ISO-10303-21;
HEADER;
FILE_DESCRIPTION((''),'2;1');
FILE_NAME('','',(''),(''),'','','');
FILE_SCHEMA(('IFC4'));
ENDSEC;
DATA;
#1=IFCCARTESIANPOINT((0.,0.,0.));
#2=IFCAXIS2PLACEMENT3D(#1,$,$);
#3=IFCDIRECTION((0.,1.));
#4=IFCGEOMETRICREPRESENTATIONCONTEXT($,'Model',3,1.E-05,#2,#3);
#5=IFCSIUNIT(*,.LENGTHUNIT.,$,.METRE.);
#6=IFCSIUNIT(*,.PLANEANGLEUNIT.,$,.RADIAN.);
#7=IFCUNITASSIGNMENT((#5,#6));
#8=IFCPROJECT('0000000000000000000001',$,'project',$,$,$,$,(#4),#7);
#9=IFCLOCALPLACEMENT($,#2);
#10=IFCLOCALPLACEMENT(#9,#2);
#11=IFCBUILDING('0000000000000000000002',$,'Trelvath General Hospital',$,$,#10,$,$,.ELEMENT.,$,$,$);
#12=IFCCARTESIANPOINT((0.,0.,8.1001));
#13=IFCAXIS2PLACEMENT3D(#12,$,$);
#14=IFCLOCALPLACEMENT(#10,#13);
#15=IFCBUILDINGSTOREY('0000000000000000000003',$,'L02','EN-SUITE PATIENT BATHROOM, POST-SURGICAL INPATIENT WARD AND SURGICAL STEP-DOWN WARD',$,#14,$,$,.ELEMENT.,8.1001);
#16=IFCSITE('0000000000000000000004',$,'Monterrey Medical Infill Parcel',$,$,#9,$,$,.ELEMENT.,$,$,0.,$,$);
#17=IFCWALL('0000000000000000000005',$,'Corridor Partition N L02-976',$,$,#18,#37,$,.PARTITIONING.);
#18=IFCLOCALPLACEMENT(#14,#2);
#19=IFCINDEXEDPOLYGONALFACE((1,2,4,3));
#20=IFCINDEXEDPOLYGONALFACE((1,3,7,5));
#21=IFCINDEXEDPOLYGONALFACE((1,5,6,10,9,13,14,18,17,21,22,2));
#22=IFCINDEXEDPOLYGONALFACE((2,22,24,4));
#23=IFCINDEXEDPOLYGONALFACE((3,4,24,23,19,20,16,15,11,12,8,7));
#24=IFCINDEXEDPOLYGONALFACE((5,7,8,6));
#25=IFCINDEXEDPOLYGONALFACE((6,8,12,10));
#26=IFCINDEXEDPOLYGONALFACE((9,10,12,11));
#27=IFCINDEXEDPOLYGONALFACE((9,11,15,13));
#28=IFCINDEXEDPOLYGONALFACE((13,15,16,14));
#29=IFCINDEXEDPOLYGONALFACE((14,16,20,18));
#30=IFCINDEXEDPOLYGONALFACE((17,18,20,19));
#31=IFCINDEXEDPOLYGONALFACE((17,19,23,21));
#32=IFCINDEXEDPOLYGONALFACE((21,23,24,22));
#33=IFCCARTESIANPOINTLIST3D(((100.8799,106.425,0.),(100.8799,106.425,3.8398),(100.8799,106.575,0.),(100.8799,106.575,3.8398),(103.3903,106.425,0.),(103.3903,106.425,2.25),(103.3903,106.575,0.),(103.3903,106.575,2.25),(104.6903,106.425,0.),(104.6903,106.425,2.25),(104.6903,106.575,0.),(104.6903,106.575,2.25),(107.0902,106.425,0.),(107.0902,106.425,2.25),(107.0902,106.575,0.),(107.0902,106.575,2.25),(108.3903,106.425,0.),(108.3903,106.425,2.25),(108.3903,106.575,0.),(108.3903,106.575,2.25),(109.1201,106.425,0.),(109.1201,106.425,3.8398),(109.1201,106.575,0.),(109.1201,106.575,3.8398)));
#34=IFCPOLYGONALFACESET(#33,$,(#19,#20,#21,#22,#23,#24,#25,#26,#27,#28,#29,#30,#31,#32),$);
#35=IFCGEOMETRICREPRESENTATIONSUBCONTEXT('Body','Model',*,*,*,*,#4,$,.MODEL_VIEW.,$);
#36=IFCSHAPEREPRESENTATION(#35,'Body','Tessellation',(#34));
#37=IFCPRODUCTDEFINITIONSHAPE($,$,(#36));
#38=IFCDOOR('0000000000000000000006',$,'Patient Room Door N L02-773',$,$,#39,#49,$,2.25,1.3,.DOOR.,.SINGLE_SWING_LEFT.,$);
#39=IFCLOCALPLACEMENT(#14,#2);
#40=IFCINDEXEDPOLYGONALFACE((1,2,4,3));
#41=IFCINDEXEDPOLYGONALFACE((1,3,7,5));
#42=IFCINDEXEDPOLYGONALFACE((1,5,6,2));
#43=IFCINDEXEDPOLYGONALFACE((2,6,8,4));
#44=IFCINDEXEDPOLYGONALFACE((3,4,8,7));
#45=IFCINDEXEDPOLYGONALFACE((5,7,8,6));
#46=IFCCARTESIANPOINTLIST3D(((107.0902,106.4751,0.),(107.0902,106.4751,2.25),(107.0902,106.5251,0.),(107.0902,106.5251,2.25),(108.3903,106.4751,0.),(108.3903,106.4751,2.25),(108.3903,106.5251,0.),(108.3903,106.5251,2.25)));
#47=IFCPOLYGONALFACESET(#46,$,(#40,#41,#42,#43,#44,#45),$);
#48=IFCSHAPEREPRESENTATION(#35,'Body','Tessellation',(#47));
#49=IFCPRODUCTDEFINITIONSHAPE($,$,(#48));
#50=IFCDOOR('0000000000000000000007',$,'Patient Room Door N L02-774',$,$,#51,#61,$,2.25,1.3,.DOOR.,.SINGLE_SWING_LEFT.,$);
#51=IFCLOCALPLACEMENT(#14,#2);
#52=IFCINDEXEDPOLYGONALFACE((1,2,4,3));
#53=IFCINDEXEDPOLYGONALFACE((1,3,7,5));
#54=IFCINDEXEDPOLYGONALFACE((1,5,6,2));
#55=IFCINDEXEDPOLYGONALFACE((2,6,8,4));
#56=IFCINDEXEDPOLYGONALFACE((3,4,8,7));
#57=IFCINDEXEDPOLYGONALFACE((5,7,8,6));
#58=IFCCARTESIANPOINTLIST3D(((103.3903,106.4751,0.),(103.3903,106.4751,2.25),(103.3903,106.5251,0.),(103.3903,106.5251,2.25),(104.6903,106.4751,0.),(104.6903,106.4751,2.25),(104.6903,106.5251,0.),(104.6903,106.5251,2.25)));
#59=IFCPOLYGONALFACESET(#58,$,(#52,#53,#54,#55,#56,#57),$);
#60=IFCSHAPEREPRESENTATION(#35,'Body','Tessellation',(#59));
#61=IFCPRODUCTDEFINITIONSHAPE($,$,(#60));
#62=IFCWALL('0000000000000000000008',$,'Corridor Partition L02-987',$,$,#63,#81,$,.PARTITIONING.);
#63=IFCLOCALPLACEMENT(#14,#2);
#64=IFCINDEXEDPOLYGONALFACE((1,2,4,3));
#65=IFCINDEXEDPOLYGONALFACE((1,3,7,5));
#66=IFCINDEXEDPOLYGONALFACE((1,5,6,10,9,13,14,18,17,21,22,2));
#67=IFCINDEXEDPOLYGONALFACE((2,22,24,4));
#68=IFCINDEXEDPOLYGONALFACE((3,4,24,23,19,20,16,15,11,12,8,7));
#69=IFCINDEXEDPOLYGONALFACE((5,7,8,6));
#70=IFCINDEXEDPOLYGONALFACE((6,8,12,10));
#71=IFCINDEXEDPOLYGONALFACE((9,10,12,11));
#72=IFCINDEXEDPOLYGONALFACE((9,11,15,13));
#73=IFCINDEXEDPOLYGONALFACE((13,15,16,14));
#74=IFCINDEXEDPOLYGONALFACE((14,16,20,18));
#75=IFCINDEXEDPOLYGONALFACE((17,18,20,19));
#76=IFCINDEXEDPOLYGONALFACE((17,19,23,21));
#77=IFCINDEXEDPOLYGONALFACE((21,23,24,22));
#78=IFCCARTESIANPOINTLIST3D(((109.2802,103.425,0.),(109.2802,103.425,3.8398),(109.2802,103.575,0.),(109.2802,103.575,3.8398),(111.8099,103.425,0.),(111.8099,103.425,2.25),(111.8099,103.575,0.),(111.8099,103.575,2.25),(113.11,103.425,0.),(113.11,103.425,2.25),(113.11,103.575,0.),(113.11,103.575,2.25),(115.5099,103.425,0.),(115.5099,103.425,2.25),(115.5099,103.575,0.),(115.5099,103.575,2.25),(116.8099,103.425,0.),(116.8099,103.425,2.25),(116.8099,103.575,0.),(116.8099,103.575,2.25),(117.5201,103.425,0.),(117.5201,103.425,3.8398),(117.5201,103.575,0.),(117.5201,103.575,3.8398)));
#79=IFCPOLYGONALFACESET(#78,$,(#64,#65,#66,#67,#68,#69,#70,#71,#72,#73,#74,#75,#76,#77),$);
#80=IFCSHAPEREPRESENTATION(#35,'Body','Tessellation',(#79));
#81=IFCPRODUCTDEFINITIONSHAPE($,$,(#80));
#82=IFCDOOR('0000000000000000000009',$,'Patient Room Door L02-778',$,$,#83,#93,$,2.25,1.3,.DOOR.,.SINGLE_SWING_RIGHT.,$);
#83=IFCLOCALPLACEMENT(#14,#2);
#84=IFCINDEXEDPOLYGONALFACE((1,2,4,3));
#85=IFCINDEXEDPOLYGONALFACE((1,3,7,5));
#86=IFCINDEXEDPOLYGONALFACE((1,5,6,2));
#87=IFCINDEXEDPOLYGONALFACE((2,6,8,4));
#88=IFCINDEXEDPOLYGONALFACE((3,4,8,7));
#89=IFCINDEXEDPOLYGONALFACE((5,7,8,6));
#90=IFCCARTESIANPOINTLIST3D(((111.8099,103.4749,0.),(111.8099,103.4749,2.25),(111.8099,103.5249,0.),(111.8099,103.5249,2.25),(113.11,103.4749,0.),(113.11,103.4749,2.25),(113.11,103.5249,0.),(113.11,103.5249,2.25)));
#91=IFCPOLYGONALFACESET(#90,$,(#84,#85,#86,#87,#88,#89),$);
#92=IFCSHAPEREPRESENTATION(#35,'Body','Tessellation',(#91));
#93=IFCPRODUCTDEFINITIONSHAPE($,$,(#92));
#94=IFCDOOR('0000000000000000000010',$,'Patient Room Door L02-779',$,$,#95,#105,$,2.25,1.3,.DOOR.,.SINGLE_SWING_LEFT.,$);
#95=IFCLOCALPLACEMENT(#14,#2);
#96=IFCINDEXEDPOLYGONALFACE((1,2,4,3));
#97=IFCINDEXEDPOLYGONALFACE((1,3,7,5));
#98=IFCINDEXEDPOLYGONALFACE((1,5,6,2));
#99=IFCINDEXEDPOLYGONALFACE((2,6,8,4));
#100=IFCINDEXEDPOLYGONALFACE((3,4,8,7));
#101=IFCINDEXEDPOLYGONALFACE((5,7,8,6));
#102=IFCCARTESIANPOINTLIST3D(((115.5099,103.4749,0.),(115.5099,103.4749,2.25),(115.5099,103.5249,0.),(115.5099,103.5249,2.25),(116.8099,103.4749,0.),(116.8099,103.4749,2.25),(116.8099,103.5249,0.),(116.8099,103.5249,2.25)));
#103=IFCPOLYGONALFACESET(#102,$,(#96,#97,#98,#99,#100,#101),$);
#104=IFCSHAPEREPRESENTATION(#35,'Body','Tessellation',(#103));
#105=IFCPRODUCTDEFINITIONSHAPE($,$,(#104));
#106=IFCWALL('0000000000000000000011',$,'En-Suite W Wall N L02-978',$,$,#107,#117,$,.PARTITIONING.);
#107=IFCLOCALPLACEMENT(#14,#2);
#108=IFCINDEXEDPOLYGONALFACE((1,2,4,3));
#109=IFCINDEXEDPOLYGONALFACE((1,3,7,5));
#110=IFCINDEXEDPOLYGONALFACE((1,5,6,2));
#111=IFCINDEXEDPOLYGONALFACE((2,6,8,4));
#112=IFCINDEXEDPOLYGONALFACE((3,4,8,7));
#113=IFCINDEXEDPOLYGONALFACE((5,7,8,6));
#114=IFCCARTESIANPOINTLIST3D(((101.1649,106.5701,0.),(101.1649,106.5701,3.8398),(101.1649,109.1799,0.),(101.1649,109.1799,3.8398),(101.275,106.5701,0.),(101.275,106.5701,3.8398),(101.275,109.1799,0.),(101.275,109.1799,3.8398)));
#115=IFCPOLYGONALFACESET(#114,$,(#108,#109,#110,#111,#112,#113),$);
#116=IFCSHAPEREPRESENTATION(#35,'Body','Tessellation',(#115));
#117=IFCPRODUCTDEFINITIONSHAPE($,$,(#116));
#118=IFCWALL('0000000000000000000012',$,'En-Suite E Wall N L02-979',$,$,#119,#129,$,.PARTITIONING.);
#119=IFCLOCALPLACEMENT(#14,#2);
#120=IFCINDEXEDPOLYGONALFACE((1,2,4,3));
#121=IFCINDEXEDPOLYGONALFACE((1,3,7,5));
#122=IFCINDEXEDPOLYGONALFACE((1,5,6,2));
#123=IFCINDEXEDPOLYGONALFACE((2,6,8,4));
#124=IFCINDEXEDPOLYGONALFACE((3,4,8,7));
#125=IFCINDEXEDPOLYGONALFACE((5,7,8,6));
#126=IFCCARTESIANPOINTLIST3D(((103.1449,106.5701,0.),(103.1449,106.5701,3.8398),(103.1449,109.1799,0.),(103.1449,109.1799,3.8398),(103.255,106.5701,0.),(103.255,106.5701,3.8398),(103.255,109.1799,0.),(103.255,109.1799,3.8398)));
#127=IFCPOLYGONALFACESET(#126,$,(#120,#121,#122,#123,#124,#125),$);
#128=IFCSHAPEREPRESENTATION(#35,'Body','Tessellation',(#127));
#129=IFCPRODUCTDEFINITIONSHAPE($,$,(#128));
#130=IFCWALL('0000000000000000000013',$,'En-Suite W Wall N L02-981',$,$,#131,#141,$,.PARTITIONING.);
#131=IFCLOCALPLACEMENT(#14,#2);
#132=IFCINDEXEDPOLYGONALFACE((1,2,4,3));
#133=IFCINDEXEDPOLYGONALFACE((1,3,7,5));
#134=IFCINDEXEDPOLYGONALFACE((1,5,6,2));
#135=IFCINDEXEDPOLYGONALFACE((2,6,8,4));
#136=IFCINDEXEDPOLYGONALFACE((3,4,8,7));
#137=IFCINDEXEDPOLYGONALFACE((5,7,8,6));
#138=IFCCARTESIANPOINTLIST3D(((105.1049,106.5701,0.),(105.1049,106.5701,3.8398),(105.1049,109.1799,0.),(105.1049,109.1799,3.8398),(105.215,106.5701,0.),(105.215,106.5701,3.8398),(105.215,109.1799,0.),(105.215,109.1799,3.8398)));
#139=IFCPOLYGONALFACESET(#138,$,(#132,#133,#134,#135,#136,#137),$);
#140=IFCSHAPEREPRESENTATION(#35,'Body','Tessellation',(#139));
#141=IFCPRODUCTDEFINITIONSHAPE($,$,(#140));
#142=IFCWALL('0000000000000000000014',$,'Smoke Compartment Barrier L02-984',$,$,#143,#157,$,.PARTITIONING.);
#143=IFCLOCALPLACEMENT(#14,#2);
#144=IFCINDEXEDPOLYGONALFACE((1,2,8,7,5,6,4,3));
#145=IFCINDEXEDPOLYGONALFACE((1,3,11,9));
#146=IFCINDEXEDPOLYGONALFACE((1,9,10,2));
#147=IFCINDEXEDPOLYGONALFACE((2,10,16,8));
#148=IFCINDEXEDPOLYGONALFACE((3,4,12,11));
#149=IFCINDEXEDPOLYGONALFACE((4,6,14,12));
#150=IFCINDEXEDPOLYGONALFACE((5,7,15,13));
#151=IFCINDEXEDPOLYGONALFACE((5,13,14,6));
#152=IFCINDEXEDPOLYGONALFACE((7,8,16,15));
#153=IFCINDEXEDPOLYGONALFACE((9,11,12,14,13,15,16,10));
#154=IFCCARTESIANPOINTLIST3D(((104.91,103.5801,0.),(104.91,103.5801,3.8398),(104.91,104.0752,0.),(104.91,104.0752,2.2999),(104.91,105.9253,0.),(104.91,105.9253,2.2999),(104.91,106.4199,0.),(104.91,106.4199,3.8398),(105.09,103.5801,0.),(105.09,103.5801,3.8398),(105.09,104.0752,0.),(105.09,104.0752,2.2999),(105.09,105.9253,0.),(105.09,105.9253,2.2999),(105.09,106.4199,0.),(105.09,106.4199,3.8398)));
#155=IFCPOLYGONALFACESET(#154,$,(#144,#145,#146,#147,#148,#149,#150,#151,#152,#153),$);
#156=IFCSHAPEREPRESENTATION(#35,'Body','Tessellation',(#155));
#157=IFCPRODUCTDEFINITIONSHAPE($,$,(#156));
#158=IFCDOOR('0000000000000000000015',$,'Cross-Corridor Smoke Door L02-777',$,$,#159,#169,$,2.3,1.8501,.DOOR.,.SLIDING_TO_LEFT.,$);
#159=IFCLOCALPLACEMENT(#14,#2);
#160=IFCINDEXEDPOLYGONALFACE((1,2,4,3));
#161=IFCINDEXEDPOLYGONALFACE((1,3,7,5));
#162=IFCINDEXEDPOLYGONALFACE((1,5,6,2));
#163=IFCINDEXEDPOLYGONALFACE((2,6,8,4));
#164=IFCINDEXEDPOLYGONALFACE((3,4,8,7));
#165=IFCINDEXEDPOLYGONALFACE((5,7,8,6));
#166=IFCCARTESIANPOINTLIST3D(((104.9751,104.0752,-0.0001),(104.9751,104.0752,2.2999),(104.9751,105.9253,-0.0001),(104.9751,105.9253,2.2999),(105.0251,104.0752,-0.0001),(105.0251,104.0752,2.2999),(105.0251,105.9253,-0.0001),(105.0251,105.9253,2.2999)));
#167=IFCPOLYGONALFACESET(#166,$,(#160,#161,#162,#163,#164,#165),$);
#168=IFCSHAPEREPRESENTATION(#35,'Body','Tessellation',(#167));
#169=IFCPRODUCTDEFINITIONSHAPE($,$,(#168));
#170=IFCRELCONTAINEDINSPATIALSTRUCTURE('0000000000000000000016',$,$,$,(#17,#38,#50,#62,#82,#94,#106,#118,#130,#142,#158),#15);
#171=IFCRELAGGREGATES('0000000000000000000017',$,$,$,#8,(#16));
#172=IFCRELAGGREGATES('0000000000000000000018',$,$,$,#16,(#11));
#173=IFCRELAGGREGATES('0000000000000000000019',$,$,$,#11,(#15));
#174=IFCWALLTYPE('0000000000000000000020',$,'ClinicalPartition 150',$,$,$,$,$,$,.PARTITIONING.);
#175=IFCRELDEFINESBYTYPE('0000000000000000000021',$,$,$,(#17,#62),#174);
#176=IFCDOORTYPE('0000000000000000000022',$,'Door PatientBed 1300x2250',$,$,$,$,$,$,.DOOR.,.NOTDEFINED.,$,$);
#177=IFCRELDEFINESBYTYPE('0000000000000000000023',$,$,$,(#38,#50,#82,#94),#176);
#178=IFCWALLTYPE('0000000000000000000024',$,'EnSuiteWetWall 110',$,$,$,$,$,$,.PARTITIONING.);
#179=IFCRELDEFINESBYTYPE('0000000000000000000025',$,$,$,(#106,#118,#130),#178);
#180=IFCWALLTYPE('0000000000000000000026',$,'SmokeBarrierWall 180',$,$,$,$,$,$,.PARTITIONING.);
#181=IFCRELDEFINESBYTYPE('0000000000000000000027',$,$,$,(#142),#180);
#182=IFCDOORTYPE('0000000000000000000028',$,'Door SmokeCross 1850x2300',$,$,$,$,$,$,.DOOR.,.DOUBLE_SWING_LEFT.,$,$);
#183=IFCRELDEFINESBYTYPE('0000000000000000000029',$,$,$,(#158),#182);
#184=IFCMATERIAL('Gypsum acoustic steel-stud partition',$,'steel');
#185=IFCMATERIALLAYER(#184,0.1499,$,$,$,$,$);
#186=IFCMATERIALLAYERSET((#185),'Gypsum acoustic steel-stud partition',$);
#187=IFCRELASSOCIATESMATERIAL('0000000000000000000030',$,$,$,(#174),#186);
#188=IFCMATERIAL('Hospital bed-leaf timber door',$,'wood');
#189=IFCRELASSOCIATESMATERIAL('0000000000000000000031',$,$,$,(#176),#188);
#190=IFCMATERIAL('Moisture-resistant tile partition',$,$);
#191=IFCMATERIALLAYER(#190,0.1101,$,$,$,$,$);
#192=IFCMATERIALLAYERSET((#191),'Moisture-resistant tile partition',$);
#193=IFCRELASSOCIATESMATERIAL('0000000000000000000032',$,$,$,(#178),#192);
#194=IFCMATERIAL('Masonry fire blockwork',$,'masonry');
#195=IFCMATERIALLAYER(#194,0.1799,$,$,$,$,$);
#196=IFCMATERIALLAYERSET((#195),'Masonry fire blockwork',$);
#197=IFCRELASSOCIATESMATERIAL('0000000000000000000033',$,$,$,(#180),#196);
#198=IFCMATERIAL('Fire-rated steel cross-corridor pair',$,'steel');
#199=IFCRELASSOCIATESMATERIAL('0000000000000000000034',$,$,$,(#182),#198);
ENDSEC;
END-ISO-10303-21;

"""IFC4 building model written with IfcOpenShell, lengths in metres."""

from ifc_helpers import new_model, si_unit, direction, frame, frame_2d, origin, place, context, subcontext, project, spatial, rectangle, extrude, material, layer, layer_set, type_object, element, fill, save


model = new_model("IFC4")

# Units and contexts
model_context = context("Model", 3, precision=1e-05, world=origin(), true_north=direction((0.0, 1.0)))
body_context = subcontext(model_context, "Body", "Model", "MODEL_VIEW")
ifc_project = project(units=[si_unit("LENGTHUNIT", "METRE"), si_unit("PLANEANGLEUNIT", "RADIAN")], contexts=[model_context])

# Site, building, storey
site_placement = place(None, origin())
site = spatial("IfcSite", under=ifc_project, at=site_placement, Name="Monterrey Medical Infill Parcel", CompositionType="ELEMENT", RefElevation=0.0)
building_placement = place(site_placement, origin())
building = spatial("IfcBuilding", under=site, at=building_placement, Name="Trelvath General Hospital", CompositionType="ELEMENT")
storey_placement = place(building_placement, frame((0.0, 0.0, 8.1001)))
storey = spatial("IfcBuildingStorey", under=building, at=storey_placement, Name="L02", Description="EN-SUITE PATIENT BATHROOM, POST-SURGICAL INPATIENT WARD AND SURGICAL STEP-DOWN WARD", CompositionType="ELEMENT", Elevation=8.1001)

# Walls, openings, doors
ifc_material_1 = material(Name="Gypsum acoustic steel-stud partition", Category="steel")
ifc_layer_1 = layer(ifc_material_1, 0.1499)
ifc_layer_set_1 = layer_set([ifc_layer_1], Name="Gypsum acoustic steel-stud partition")
wall_type_1 = type_object("IfcWallType", Name="ClinicalPartition 150", PredefinedType="PARTITIONING", material=ifc_layer_set_1)
wall_1_placement = place(storey_placement, frame((109.1201, 106.5, 0.0), z_axis=(0.0, 0.0, 1.0), x_axis=(-1.0, 0.0, 0.0)))
wall_1 = element("IfcWall", 1, at=wall_1_placement, inside=storey, type_object=wall_type_1, Name="Corridor Partition N L02-976", PredefinedType="PARTITIONING", context=body_context, shape_type="SweptSolid", body=[
    extrude(rectangle(XDim=8.2402, YDim=0.1499, at=frame_2d((4.1201, 0.0))), origin(), (0.0, 0.0, 1.0), 3.8398),
])
opening_1_placement = place(wall_1_placement, frame((0.73, 0.0, 0.0)))
opening_1 = element("IfcOpeningElement", 2, at=opening_1_placement, cuts=wall_1, PredefinedType="OPENING", context=body_context, shape_type="SweptSolid", body=[
    extrude(rectangle(XDim=1.3, YDim=2.25, at=frame_2d((0.6499, 1.125))), frame((0.0, 0.085, 0.0), z_axis=(0.0, -1.0, 0.0), x_axis=(1.0, 0.0, 0.0)), (0.0, 0.0, 1.0), 0.1699),
])
opening_2_placement = place(wall_1_placement, frame((4.4299, 0.0, 0.0)))
opening_2 = element("IfcOpeningElement", 3, at=opening_2_placement, cuts=wall_1, PredefinedType="OPENING", context=body_context, shape_type="SweptSolid", body=[
    extrude(rectangle(XDim=1.3, YDim=2.25, at=frame_2d((0.6499, 1.125))), frame((0.0, 0.085, 0.0), z_axis=(0.0, -1.0, 0.0), x_axis=(1.0, 0.0, 0.0)), (0.0, 0.0, 1.0), 0.1699),
])
ifc_material_2 = material(Name="Hospital bed-leaf timber door", Category="wood")
door_type_1 = type_object("IfcDoorType", Name="Door PatientBed 1300x2250", OperationType="NOTDEFINED", PredefinedType="DOOR", material=ifc_material_2)
door_1_placement = place(opening_1_placement, origin())
door_1 = element("IfcDoor", 4, at=door_1_placement, inside=storey, type_object=door_type_1, Name="Patient Room Door N L02-773", OperationType="SINGLE_SWING_LEFT", OverallHeight=2.25, OverallWidth=1.3, PredefinedType="DOOR", context=body_context, shape_type="SweptSolid", body=[
    extrude(rectangle(XDim=1.3, YDim=2.25, at=frame_2d((0.6499, 1.125))), frame((0.0, 0.0249, 0.0), z_axis=(0.0, -1.0, 0.0), x_axis=(1.0, 0.0, 0.0)), (0.0, 0.0, 1.0), 0.05),
])
fill(opening_1, door_1)
door_2_placement = place(opening_2_placement, origin())
door_2 = element("IfcDoor", 5, at=door_2_placement, inside=storey, type_object=door_type_1, Name="Patient Room Door N L02-774", OperationType="SINGLE_SWING_LEFT", OverallHeight=2.25, OverallWidth=1.3, PredefinedType="DOOR", context=body_context, shape_type="SweptSolid", body=[
    extrude(rectangle(XDim=1.3, YDim=2.25, at=frame_2d((0.6499, 1.125))), frame((0.0, 0.0249, 0.0), z_axis=(0.0, -1.0, 0.0), x_axis=(1.0, 0.0, 0.0)), (0.0, 0.0, 1.0), 0.05),
])
fill(opening_2, door_2)
wall_2_placement = place(storey_placement, frame((109.28, 103.5, 0.0), z_axis=(0.0, 0.0, 1.0), x_axis=(1.0, 0.0, 0.0)))
wall_2 = element("IfcWall", 6, at=wall_2_placement, inside=storey, type_object=wall_type_1, Name="Corridor Partition L02-987", PredefinedType="PARTITIONING", context=body_context, shape_type="SweptSolid", body=[
    extrude(rectangle(XDim=8.24, YDim=0.1499, at=frame_2d((4.1201, 0.0))), origin(), (0.0, 0.0, 1.0), 3.8398),
])
opening_3_placement = place(wall_2_placement, frame((2.53, 0.0, 0.0)))
opening_3 = element("IfcOpeningElement", 7, at=opening_3_placement, cuts=wall_2, PredefinedType="OPENING", context=body_context, shape_type="SweptSolid", body=[
    extrude(rectangle(XDim=1.3, YDim=2.25, at=frame_2d((0.6499, 1.125))), frame((0.0, 0.085, 0.0), z_axis=(0.0, -1.0, 0.0), x_axis=(1.0, 0.0, 0.0)), (0.0, 0.0, 1.0), 0.1699),
])
opening_4_placement = place(wall_2_placement, frame((6.23, 0.0, 0.0)))
opening_4 = element("IfcOpeningElement", 8, at=opening_4_placement, cuts=wall_2, PredefinedType="OPENING", context=body_context, shape_type="SweptSolid", body=[
    extrude(rectangle(XDim=1.3, YDim=2.25, at=frame_2d((0.6499, 1.125))), frame((0.0, 0.085, 0.0), z_axis=(0.0, -1.0, 0.0), x_axis=(1.0, 0.0, 0.0)), (0.0, 0.0, 1.0), 0.1699),
])
door_3_placement = place(opening_3_placement, origin())
door_3 = element("IfcDoor", 9, at=door_3_placement, inside=storey, type_object=door_type_1, Name="Patient Room Door L02-778", OperationType="SINGLE_SWING_RIGHT", OverallHeight=2.25, OverallWidth=1.3, PredefinedType="DOOR", context=body_context, shape_type="SweptSolid", body=[
    extrude(rectangle(XDim=1.3, YDim=2.25, at=frame_2d((0.6499, 1.125))), frame((0.0, 0.0249, 0.0), z_axis=(0.0, -1.0, 0.0), x_axis=(1.0, 0.0, 0.0)), (0.0, 0.0, 1.0), 0.05),
])
fill(opening_3, door_3)
door_4_placement = place(opening_4_placement, origin())
door_4 = element("IfcDoor", 10, at=door_4_placement, inside=storey, type_object=door_type_1, Name="Patient Room Door L02-779", OperationType="SINGLE_SWING_LEFT", OverallHeight=2.25, OverallWidth=1.3, PredefinedType="DOOR", context=body_context, shape_type="SweptSolid", body=[
    extrude(rectangle(XDim=1.3, YDim=2.25, at=frame_2d((0.6499, 1.125))), frame((0.0, 0.0249, 0.0), z_axis=(0.0, -1.0, 0.0), x_axis=(1.0, 0.0, 0.0)), (0.0, 0.0, 1.0), 0.05),
])
fill(opening_4, door_4)

# Walls
ifc_material_3 = material(Name="Moisture-resistant tile partition")
ifc_layer_2 = layer(ifc_material_3, 0.1101)
ifc_layer_set_2 = layer_set([ifc_layer_2], Name="Moisture-resistant tile partition")
wall_type_2 = type_object("IfcWallType", Name="EnSuiteWetWall 110", PredefinedType="PARTITIONING", material=ifc_layer_set_2)
for number, where, z_axis, x_axis, name in (
    (11, (101.22, 106.5701, 0.0), (0.0, 0.0, 1.0), (0.0, 1.0, 0.0), "En-Suite W Wall N L02-978"),
    (12, (103.2, 106.5701, 0.0), (0.0, 0.0, 1.0), (0.0, 1.0, 0.0), "En-Suite E Wall N L02-979"),
    (13, (105.1599, 106.5701, 0.0), (0.0, 0.0, 1.0), (0.0, 1.0, 0.0), "En-Suite W Wall N L02-981"),
):
    element("IfcWall", number, at=place(storey_placement, frame(where, z_axis=z_axis, x_axis=x_axis)), inside=storey, type_object=wall_type_2, Name=name, PredefinedType="PARTITIONING", context=body_context, shape_type="SweptSolid", body=[
        extrude(rectangle(XDim=2.6099, YDim=0.1101, at=frame_2d((1.3049, 0.0))), origin(), (0.0, 0.0, 1.0), 3.8398),
    ])

# Wall, opening, door
ifc_material_4 = material(Name="Masonry fire blockwork", Category="masonry")
ifc_layer_3 = layer(ifc_material_4, 0.1799)
ifc_layer_set_3 = layer_set([ifc_layer_3], Name="Masonry fire blockwork")
wall_type_3 = type_object("IfcWallType", Name="SmokeBarrierWall 180", PredefinedType="PARTITIONING", material=ifc_layer_set_3)
wall_3_placement = place(storey_placement, frame((105.0, 103.5801, 0.0), z_axis=(0.0, 0.0, 1.0), x_axis=(0.0, 1.0, 0.0)))
wall_3 = element("IfcWall", 14, at=wall_3_placement, inside=storey, type_object=wall_type_3, Name="Smoke Compartment Barrier L02-984", PredefinedType="PARTITIONING", context=body_context, shape_type="SweptSolid", body=[
    extrude(rectangle(XDim=2.8398, YDim=0.1799, at=frame_2d((1.4199, 0.0))), origin(), (0.0, 0.0, 1.0), 3.8398),
])
opening_5_placement = place(wall_3_placement, frame((0.4951, 0.0, 0.0)))
opening_5 = element("IfcOpeningElement", 15, at=opening_5_placement, cuts=wall_3, PredefinedType="OPENING", context=body_context, shape_type="SweptSolid", body=[
    extrude(rectangle(XDim=1.8501, YDim=2.3, at=frame_2d((0.925, 1.1499))), frame((0.0, 0.0999, 0.0), z_axis=(0.0, -1.0, 0.0), x_axis=(1.0, 0.0, 0.0)), (0.0, 0.0, 1.0), 0.2),
])
ifc_material_5 = material(Name="Fire-rated steel cross-corridor pair", Category="steel")
door_type_2 = type_object("IfcDoorType", Name="Door SmokeCross 1850x2300", OperationType="DOUBLE_SWING_LEFT", PredefinedType="DOOR", material=ifc_material_5)
door_5_placement = place(opening_5_placement, origin())
door_5 = element("IfcDoor", 16, at=door_5_placement, inside=storey, type_object=door_type_2, Name="Cross-Corridor Smoke Door L02-777", OperationType="SLIDING_TO_LEFT", OverallHeight=2.3, OverallWidth=1.8501, PredefinedType="DOOR", context=body_context, shape_type="SweptSolid", body=[
    extrude(rectangle(XDim=1.8501, YDim=2.3, at=frame_2d((0.925, 1.1499))), frame((0.0, 0.0249, 0.0), z_axis=(0.0, -1.0, 0.0), x_axis=(1.0, 0.0, 0.0)), (0.0, 0.0, 1.0), 0.05),
])
fill(opening_5, door_5)

save(model, "model.ifc")
